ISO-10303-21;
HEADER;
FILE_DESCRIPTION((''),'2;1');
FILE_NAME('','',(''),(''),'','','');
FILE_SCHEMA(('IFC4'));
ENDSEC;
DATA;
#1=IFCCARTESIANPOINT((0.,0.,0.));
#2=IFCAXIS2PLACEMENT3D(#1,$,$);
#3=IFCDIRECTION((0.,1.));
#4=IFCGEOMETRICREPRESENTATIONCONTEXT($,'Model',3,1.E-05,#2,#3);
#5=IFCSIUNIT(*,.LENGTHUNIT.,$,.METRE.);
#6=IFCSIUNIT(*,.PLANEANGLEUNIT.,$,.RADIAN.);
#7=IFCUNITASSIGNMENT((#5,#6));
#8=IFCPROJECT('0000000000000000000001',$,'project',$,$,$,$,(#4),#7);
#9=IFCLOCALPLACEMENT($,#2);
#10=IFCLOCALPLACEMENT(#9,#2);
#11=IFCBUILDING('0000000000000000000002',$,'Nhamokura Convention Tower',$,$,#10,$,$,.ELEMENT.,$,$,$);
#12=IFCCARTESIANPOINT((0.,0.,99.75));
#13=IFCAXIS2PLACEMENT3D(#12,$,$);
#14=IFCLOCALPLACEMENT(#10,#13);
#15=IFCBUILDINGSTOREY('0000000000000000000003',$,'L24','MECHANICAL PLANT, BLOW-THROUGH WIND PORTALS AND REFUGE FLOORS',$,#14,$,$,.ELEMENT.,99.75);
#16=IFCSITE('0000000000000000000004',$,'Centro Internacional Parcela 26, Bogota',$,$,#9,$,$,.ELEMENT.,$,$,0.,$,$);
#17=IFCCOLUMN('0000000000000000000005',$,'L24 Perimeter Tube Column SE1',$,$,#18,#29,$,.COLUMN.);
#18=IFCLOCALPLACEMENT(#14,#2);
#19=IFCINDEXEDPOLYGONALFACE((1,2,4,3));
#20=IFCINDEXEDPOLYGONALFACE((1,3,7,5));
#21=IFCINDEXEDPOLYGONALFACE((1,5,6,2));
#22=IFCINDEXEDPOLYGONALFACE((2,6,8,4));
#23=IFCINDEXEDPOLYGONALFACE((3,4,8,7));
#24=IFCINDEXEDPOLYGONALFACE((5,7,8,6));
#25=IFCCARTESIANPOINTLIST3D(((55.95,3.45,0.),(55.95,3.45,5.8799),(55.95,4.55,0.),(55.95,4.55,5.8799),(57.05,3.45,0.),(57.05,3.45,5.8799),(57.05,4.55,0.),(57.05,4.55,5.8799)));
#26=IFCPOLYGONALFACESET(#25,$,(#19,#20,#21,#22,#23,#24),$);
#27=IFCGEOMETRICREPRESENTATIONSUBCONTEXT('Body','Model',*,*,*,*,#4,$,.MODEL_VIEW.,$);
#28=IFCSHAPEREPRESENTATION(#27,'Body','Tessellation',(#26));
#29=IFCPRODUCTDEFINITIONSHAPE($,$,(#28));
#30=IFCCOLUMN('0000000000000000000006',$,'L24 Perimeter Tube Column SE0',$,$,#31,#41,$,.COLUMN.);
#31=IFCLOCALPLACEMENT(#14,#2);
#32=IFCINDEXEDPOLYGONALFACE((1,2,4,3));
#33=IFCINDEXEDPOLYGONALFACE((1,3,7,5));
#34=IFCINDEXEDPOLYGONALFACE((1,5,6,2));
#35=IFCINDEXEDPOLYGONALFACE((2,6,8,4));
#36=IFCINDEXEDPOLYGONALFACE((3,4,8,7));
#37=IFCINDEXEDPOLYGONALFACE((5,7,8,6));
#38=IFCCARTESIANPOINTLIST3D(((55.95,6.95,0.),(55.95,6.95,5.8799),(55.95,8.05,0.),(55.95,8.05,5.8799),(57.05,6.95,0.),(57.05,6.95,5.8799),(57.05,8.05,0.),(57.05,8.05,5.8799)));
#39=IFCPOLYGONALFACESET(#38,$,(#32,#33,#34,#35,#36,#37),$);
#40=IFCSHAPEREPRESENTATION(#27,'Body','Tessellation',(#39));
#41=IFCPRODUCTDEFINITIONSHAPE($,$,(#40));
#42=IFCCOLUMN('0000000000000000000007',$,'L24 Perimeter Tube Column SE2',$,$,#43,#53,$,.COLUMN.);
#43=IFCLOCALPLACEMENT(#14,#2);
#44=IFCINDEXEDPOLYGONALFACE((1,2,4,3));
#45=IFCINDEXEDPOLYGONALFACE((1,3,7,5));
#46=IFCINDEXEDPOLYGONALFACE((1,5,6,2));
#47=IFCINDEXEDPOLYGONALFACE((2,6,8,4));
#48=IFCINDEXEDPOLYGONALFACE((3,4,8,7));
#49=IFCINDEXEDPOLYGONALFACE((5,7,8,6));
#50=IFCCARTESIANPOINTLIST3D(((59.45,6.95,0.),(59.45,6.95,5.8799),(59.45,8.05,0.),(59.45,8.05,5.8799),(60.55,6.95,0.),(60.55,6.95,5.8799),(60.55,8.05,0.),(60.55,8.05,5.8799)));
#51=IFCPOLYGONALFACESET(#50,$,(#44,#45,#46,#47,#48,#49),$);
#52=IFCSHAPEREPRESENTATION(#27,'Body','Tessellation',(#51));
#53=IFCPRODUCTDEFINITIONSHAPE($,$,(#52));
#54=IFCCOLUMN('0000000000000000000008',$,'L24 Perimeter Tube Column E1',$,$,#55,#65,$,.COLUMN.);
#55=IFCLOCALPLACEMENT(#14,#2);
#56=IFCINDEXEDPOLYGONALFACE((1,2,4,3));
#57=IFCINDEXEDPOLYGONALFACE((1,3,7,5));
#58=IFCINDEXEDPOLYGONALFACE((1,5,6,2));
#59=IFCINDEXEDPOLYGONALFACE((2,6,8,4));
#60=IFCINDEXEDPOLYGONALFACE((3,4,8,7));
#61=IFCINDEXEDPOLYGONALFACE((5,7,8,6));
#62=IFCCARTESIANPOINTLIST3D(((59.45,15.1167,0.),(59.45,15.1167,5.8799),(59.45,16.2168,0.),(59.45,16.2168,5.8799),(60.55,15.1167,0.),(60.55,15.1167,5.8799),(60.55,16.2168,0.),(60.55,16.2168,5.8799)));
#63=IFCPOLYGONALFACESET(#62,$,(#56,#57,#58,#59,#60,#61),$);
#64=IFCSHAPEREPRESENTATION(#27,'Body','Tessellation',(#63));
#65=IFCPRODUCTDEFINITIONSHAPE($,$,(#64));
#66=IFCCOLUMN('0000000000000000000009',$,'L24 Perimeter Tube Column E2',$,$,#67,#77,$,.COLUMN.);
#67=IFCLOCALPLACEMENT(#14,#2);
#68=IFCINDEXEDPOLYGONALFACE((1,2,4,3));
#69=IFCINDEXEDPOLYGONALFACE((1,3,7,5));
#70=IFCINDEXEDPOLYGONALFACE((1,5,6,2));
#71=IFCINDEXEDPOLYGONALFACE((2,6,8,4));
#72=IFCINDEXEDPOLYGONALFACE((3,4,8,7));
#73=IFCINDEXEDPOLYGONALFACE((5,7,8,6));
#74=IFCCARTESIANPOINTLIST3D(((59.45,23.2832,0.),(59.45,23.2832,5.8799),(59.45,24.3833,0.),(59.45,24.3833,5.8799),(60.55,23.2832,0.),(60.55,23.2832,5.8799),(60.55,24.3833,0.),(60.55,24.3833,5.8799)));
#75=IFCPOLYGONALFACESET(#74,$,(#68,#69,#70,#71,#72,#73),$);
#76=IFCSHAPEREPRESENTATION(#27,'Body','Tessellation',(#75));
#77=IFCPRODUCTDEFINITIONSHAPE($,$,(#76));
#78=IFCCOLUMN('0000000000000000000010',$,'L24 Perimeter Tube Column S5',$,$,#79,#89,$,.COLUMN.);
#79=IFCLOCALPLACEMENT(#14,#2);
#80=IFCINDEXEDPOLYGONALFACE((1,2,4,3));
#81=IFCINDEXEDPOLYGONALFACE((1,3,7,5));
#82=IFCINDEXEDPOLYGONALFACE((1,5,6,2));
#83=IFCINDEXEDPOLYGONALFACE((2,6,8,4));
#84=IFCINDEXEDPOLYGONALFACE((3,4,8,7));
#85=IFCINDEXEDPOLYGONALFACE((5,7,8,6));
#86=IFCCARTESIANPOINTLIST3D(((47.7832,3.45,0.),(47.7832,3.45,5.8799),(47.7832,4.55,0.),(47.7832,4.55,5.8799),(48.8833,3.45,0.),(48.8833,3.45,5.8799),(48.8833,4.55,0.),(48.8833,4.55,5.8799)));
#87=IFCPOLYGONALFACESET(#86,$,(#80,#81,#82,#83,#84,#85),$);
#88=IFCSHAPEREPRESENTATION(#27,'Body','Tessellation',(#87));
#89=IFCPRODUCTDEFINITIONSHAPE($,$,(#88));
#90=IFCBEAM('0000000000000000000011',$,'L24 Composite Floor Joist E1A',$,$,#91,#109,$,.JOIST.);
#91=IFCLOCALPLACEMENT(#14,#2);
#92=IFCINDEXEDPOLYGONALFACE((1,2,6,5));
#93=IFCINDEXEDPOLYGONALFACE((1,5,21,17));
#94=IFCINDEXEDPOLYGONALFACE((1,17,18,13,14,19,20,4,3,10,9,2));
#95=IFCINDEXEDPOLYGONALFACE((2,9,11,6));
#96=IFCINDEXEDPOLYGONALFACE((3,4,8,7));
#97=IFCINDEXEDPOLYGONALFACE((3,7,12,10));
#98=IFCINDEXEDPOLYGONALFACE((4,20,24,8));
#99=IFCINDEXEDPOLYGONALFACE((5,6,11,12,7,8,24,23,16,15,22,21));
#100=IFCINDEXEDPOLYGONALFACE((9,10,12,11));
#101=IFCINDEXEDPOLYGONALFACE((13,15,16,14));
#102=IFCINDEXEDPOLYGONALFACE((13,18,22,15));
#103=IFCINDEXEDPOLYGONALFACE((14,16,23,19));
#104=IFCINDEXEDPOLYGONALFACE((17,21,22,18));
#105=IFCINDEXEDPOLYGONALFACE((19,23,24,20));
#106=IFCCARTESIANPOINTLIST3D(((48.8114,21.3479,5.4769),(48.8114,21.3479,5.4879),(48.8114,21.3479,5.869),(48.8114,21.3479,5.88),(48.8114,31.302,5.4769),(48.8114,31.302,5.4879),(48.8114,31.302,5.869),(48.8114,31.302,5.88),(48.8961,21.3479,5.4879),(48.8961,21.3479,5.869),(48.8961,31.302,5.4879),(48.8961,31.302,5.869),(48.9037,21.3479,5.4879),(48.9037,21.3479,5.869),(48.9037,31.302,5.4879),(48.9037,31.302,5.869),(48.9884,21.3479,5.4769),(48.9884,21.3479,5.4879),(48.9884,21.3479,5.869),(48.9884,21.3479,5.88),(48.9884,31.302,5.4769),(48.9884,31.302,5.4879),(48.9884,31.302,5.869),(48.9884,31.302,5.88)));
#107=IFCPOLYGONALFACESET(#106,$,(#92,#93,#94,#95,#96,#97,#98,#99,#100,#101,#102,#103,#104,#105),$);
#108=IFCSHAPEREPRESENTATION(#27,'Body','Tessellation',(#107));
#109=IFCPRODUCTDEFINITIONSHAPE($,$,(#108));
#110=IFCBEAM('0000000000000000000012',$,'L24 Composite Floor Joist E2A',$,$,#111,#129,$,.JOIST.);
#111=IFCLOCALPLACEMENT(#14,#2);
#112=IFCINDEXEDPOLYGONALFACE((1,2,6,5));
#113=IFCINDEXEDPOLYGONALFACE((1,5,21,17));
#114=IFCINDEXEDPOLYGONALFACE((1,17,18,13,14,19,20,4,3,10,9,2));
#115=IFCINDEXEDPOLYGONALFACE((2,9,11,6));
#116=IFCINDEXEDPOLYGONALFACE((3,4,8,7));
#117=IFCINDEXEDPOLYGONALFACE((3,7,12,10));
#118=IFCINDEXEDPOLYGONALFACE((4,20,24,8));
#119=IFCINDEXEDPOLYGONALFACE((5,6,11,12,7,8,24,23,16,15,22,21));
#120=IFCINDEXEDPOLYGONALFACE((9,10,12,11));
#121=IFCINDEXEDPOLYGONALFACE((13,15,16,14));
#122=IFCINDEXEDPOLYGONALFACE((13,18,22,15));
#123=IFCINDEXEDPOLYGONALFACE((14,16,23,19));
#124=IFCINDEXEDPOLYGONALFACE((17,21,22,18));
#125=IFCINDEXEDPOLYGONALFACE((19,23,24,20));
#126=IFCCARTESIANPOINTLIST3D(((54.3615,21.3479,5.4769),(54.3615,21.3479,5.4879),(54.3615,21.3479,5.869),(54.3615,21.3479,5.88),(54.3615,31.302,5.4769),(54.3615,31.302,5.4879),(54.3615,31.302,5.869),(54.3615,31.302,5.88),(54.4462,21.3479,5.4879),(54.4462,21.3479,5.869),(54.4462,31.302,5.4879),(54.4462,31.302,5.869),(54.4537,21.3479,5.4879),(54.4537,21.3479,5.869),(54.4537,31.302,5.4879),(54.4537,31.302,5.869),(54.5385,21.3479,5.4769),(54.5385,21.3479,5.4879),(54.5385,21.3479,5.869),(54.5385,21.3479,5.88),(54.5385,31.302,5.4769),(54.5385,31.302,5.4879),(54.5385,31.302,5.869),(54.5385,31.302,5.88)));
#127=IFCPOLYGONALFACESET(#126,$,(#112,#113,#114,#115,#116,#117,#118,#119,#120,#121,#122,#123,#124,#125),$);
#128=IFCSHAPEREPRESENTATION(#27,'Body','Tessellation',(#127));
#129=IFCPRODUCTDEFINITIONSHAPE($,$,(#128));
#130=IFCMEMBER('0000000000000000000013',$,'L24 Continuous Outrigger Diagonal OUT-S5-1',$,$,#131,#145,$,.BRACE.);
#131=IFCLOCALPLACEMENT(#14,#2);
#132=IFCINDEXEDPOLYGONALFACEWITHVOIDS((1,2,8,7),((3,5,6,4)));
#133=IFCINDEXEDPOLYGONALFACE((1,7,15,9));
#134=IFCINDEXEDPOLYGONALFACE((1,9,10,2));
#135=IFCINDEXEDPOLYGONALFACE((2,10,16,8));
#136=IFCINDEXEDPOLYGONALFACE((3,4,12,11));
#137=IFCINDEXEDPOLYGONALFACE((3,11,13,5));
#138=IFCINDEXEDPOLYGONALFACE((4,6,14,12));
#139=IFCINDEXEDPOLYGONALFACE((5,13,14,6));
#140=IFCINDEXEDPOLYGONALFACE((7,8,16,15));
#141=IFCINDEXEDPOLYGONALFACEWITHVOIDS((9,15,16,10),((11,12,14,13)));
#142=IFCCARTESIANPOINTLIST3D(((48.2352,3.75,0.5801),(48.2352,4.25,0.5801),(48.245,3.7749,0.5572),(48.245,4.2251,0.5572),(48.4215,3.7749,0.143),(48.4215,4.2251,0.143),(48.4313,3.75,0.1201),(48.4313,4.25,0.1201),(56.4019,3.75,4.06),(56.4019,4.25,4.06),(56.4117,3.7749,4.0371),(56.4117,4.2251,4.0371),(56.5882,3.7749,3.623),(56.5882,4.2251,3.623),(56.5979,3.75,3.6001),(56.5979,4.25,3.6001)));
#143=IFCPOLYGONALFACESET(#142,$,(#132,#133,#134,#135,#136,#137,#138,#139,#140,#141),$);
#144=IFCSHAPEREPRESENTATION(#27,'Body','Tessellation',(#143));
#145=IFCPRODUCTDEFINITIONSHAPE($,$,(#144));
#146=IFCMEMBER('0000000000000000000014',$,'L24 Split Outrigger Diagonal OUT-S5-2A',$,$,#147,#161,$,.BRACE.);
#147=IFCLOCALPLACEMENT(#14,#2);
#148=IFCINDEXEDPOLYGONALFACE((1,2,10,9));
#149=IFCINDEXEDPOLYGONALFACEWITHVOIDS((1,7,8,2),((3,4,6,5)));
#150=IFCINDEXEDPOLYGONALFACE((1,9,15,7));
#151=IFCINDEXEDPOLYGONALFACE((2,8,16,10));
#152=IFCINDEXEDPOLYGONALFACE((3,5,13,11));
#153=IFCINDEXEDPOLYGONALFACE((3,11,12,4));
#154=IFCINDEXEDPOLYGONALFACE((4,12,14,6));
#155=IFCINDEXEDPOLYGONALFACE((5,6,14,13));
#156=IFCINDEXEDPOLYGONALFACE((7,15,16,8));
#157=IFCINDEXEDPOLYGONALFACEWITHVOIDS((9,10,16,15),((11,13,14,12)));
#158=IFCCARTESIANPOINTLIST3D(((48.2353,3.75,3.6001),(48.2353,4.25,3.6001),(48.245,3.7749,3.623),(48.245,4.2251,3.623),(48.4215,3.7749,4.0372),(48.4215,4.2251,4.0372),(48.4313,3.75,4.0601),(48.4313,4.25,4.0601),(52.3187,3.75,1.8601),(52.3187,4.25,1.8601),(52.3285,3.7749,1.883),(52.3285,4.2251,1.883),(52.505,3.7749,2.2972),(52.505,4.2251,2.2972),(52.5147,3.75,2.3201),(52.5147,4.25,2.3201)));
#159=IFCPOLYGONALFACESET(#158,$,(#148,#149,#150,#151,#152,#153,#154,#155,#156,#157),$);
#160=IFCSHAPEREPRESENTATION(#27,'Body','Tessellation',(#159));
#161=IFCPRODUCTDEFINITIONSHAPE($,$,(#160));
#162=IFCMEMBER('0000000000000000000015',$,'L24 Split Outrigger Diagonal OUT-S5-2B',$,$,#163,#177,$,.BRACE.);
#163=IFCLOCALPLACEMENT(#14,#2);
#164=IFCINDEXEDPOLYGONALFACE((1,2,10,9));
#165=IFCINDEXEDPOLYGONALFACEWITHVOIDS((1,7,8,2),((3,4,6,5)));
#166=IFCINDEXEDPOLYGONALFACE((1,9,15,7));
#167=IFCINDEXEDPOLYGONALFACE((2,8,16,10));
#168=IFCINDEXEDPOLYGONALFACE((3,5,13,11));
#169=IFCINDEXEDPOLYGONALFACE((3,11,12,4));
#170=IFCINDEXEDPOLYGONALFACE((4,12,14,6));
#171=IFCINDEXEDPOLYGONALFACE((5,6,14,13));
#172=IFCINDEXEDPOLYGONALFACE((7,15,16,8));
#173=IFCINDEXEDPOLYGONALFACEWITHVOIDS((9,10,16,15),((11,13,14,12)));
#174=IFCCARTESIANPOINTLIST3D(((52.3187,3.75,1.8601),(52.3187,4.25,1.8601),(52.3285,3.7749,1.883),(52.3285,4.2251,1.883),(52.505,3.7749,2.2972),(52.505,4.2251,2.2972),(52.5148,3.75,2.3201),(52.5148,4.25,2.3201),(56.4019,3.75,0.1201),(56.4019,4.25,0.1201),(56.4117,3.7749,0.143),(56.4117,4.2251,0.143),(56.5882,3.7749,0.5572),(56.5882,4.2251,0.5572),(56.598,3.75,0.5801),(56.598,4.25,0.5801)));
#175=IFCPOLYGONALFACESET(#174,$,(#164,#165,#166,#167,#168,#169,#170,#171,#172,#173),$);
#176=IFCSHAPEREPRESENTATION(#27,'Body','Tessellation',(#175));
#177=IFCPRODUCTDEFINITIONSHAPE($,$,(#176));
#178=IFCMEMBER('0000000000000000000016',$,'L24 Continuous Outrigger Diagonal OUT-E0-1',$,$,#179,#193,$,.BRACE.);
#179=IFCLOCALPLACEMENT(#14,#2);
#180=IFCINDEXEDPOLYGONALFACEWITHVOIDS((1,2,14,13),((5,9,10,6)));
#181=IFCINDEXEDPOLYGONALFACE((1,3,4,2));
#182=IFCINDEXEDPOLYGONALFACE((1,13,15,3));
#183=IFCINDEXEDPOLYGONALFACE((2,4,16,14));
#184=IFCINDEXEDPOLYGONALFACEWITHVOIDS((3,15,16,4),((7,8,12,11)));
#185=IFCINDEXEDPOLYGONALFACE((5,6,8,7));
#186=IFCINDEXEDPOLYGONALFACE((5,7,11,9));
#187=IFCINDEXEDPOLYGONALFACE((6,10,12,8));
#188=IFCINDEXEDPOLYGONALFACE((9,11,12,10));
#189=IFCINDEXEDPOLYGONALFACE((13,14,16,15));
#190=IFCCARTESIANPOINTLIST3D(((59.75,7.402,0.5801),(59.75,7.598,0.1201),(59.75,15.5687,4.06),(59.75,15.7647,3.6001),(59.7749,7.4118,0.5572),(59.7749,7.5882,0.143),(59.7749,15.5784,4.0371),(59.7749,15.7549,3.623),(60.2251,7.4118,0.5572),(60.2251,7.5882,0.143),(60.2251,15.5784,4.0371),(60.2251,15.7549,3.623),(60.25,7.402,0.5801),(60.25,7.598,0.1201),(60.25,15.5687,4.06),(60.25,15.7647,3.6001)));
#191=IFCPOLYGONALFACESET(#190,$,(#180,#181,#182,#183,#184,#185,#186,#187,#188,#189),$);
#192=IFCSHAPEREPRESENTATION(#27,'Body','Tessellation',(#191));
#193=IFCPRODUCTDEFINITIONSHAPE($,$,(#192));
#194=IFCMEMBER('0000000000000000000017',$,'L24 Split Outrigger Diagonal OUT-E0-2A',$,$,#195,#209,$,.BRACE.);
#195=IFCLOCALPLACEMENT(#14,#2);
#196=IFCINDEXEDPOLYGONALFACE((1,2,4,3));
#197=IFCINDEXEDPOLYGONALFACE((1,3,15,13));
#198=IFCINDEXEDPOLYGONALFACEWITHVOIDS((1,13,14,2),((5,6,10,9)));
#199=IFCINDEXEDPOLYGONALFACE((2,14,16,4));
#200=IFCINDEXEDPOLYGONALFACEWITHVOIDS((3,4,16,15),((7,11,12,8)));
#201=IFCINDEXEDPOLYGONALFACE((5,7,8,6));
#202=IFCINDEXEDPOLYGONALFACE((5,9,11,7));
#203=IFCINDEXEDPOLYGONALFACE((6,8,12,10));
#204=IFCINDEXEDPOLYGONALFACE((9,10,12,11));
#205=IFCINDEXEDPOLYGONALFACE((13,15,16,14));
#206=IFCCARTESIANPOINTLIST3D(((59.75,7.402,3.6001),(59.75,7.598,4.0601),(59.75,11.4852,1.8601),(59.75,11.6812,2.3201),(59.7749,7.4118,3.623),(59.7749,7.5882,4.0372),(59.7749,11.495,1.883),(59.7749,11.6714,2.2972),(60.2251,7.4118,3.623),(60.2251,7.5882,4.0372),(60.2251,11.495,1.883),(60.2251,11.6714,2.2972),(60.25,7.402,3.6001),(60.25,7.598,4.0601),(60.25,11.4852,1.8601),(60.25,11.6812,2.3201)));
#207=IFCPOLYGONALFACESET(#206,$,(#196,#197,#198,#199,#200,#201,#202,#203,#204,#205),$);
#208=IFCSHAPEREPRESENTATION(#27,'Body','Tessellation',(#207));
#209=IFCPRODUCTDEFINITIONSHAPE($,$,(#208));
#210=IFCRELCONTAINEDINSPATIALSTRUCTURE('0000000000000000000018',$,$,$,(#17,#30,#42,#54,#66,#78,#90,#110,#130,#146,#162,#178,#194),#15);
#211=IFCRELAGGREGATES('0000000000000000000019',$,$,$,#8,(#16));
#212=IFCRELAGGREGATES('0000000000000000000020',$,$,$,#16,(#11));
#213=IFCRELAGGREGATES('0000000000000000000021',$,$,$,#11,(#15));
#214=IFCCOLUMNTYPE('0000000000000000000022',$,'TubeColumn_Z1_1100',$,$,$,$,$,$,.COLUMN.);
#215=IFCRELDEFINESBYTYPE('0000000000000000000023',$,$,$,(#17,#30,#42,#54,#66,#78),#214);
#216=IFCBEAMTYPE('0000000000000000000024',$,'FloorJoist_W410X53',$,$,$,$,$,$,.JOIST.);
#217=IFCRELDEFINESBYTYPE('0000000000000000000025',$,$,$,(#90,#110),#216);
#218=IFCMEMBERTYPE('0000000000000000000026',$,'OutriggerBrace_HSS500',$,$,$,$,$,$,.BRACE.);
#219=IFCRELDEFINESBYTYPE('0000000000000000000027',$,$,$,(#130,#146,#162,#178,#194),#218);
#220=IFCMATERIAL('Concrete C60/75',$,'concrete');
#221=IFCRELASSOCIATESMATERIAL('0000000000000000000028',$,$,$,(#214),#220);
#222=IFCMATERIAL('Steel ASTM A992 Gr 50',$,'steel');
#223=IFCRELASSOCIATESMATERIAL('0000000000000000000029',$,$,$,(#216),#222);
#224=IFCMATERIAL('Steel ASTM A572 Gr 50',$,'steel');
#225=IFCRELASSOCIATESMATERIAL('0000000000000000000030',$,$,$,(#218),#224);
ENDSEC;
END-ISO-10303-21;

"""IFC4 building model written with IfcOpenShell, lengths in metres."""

from ifc_helpers import new_model, si_unit, direction, frame, origin, origin_2d, place, context, subcontext, project, spatial, rectangle, hollow_rectangle, i_section, extrude, material, material_profile, profile_set, type_object, element, save


model = new_model("IFC4")

# Units and contexts
model_context = context("Model", 3, precision=1e-05, world=origin(), true_north=direction((0.0, 1.0)))
body_context = subcontext(model_context, "Body", "Model", "MODEL_VIEW")
ifc_project = project(units=[si_unit("LENGTHUNIT", "METRE"), si_unit("PLANEANGLEUNIT", "RADIAN")], contexts=[model_context])

# Site, building, storey
site_placement = place(None, origin())
site = spatial("IfcSite", under=ifc_project, at=site_placement, Name="Centro Internacional Parcela 26, Bogota", CompositionType="ELEMENT", RefElevation=0.0)
building_placement = place(site_placement, origin())
building = spatial("IfcBuilding", under=site, at=building_placement, Name="Nhamokura Convention Tower", CompositionType="ELEMENT")
storey_placement = place(building_placement, frame((0.0, 0.0, 99.75)))
storey = spatial("IfcBuildingStorey", under=building, at=storey_placement, Name="L24", Description="MECHANICAL PLANT, BLOW-THROUGH WIND PORTALS AND REFUGE FLOORS", CompositionType="ELEMENT", Elevation=99.75)

# Columns
ifc_material_1 = material(Name="Concrete C60/75", Category="concrete")
ifc_material_profile_1 = material_profile(ifc_material_1, rectangle(XDim=1.1001, YDim=1.1001, at=origin_2d()))
ifc_profile_set_1 = profile_set([ifc_material_profile_1], Name="Concrete C60/75")
column_type = type_object("IfcColumnType", Name="TubeColumn_Z1_1100", PredefinedType="COLUMN", material=ifc_profile_set_1)
for number, where, z_axis, x_axis, name in (
    (1, (56.5, 4.0, 0.0), (0.0, 0.0, 1.0), (1.0, 0.0, 0.0), "L24 Perimeter Tube Column SE1"),
    (2, (56.5, 7.5, 0.0), (0.0, 0.0, 1.0), (1.0, 0.0, 0.0), "L24 Perimeter Tube Column SE0"),
    (3, (60.0, 7.5, 0.0), (0.0, 0.0, 1.0), (1.0, 0.0, 0.0), "L24 Perimeter Tube Column SE2"),
    (4, (60.0, 15.6667, 0.0), (0.0, 0.0, 1.0), (1.0, 0.0, 0.0), "L24 Perimeter Tube Column E1"),
    (5, (60.0, 23.8333, 0.0), (0.0, 0.0, 1.0), (1.0, 0.0, 0.0), "L24 Perimeter Tube Column E2"),
    (6, (48.3333, 4.0, 0.0), (0.0, 0.0, 1.0), (1.0, 0.0, 0.0), "L24 Perimeter Tube Column S5"),
):
    element("IfcColumn", number, at=place(storey_placement, frame(where, z_axis=z_axis, x_axis=x_axis)), inside=storey, type_object=column_type, Name=name, PredefinedType="COLUMN", context=body_context, shape_type="SweptSolid", body=[
        extrude(rectangle(XDim=1.1001, YDim=1.1001, at=origin_2d()), origin(), (0.0, 0.0, 1.0), 5.8799),
    ])

# Beams
ifc_material_2 = material(Name="Steel ASTM A992 Gr 50", Category="steel")
ifc_material_profile_2 = material_profile(ifc_material_2, i_section(OverallWidth=0.177, OverallDepth=0.4031, WebThickness=0.0076, FlangeThickness=0.011, at=origin_2d()))
ifc_profile_set_2 = profile_set([ifc_material_profile_2], Name="Steel ASTM A992 Gr 50")
beam_type_1 = type_object("IfcBeamType", Name="FloorJoist_W410X53", PredefinedType="JOIST", material=ifc_profile_set_2)
for number, where, z_axis, x_axis, name in (
    (7, (48.8999, 21.3479, 5.6785), (0.0, 1.0, 0.0), (-1.0, 0.0, 0.0), "L24 Composite Floor Joist E1A"),
    (8, (54.45, 21.3479, 5.6785), (0.0, 1.0, 0.0), (-1.0, 0.0, 0.0), "L24 Composite Floor Joist E2A"),
):
    element("IfcBeam", number, at=place(storey_placement, frame(where, z_axis=z_axis, x_axis=x_axis)), inside=storey, type_object=beam_type_1, Name=name, PredefinedType="JOIST", context=body_context, shape_type="SweptSolid", body=[
        extrude(i_section(OverallWidth=0.177, OverallDepth=0.4031, WebThickness=0.0076, FlangeThickness=0.011, at=origin_2d()), origin(), (0.0, 0.0, 1.0), 9.9541),
    ])

# Members
ifc_material_3 = material(Name="Steel ASTM A572 Gr 50", Category="steel")
ifc_material_profile_3 = material_profile(ifc_material_3, hollow_rectangle(XDim=0.5, YDim=0.5, WallThickness=0.0249, at=origin_2d()))
ifc_profile_set_3 = profile_set([ifc_material_profile_3], Name="Steel ASTM A572 Gr 50")
member_type_1 = type_object("IfcMemberType", Name="OutriggerBrace_HSS500", PredefinedType="BRACE", material=ifc_profile_set_3)
member_1_placement = place(storey_placement, frame((48.3333, 4.0, 0.3501), z_axis=(0.919961, 0.0, 0.39201), x_axis=(0.0, 1.0, 0.0)))
element("IfcMember", 9, at=member_1_placement, inside=storey, type_object=member_type_1, Name="L24 Continuous Outrigger Diagonal OUT-S5-1", PredefinedType="BRACE", context=body_context, shape_type="SweptSolid", body=[
    extrude(hollow_rectangle(XDim=0.5, YDim=0.5, WallThickness=0.0249, at=origin_2d()), origin(), (0.0, 0.0, 1.0), 8.8772),
])
member_2_placement = place(storey_placement, frame((48.3333, 4.0, 3.8301), z_axis=(0.919965, 0.0, -0.392), x_axis=(0.0, 1.0, 0.0)))
element("IfcMember", 10, at=member_2_placement, inside=storey, type_object=member_type_1, Name="L24 Split Outrigger Diagonal OUT-S5-2A", PredefinedType="BRACE", context=body_context, shape_type="SweptSolid", body=[
    extrude(hollow_rectangle(XDim=0.5, YDim=0.5, WallThickness=0.0249, at=origin_2d()), origin(), (0.0, 0.0, 1.0), 4.4387),
])
member_3_placement = place(storey_placement, frame((52.4167, 4.0, 2.0901), z_axis=(0.919957, 0.0, -0.39202), x_axis=(0.0, 1.0, 0.0)))
element("IfcMember", 11, at=member_3_placement, inside=storey, type_object=member_type_1, Name="L24 Split Outrigger Diagonal OUT-S5-2B", PredefinedType="BRACE", context=body_context, shape_type="SweptSolid", body=[
    extrude(hollow_rectangle(XDim=0.5, YDim=0.5, WallThickness=0.0249, at=origin_2d()), origin(), (0.0, 0.0, 1.0), 4.4385),
])
member_4_placement = place(storey_placement, frame((60.0, 7.5, 0.3501), z_axis=(0.0, 0.919961, 0.39201), x_axis=(-1.0, 0.0, 0.0)))
element("IfcMember", 12, at=member_4_placement, inside=storey, type_object=member_type_1, Name="L24 Continuous Outrigger Diagonal OUT-E0-1", PredefinedType="BRACE", context=body_context, shape_type="SweptSolid", body=[
    extrude(hollow_rectangle(XDim=0.5, YDim=0.5, WallThickness=0.0249, at=origin_2d()), origin(), (0.0, 0.0, 1.0), 8.8772),
])
member_5_placement = place(storey_placement, frame((60.0, 7.5, 3.8301), z_axis=(0.0, 0.919957, -0.39202), x_axis=(-1.0, 0.0, 0.0)))
element("IfcMember", 13, at=member_5_placement, inside=storey, type_object=member_type_1, Name="L24 Split Outrigger Diagonal OUT-E0-2A", PredefinedType="BRACE", context=body_context, shape_type="SweptSolid", body=[
    extrude(hollow_rectangle(XDim=0.5, YDim=0.5, WallThickness=0.0249, at=origin_2d()), origin(), (0.0, 0.0, 1.0), 4.4385),
])

save(model, "model.ifc")
